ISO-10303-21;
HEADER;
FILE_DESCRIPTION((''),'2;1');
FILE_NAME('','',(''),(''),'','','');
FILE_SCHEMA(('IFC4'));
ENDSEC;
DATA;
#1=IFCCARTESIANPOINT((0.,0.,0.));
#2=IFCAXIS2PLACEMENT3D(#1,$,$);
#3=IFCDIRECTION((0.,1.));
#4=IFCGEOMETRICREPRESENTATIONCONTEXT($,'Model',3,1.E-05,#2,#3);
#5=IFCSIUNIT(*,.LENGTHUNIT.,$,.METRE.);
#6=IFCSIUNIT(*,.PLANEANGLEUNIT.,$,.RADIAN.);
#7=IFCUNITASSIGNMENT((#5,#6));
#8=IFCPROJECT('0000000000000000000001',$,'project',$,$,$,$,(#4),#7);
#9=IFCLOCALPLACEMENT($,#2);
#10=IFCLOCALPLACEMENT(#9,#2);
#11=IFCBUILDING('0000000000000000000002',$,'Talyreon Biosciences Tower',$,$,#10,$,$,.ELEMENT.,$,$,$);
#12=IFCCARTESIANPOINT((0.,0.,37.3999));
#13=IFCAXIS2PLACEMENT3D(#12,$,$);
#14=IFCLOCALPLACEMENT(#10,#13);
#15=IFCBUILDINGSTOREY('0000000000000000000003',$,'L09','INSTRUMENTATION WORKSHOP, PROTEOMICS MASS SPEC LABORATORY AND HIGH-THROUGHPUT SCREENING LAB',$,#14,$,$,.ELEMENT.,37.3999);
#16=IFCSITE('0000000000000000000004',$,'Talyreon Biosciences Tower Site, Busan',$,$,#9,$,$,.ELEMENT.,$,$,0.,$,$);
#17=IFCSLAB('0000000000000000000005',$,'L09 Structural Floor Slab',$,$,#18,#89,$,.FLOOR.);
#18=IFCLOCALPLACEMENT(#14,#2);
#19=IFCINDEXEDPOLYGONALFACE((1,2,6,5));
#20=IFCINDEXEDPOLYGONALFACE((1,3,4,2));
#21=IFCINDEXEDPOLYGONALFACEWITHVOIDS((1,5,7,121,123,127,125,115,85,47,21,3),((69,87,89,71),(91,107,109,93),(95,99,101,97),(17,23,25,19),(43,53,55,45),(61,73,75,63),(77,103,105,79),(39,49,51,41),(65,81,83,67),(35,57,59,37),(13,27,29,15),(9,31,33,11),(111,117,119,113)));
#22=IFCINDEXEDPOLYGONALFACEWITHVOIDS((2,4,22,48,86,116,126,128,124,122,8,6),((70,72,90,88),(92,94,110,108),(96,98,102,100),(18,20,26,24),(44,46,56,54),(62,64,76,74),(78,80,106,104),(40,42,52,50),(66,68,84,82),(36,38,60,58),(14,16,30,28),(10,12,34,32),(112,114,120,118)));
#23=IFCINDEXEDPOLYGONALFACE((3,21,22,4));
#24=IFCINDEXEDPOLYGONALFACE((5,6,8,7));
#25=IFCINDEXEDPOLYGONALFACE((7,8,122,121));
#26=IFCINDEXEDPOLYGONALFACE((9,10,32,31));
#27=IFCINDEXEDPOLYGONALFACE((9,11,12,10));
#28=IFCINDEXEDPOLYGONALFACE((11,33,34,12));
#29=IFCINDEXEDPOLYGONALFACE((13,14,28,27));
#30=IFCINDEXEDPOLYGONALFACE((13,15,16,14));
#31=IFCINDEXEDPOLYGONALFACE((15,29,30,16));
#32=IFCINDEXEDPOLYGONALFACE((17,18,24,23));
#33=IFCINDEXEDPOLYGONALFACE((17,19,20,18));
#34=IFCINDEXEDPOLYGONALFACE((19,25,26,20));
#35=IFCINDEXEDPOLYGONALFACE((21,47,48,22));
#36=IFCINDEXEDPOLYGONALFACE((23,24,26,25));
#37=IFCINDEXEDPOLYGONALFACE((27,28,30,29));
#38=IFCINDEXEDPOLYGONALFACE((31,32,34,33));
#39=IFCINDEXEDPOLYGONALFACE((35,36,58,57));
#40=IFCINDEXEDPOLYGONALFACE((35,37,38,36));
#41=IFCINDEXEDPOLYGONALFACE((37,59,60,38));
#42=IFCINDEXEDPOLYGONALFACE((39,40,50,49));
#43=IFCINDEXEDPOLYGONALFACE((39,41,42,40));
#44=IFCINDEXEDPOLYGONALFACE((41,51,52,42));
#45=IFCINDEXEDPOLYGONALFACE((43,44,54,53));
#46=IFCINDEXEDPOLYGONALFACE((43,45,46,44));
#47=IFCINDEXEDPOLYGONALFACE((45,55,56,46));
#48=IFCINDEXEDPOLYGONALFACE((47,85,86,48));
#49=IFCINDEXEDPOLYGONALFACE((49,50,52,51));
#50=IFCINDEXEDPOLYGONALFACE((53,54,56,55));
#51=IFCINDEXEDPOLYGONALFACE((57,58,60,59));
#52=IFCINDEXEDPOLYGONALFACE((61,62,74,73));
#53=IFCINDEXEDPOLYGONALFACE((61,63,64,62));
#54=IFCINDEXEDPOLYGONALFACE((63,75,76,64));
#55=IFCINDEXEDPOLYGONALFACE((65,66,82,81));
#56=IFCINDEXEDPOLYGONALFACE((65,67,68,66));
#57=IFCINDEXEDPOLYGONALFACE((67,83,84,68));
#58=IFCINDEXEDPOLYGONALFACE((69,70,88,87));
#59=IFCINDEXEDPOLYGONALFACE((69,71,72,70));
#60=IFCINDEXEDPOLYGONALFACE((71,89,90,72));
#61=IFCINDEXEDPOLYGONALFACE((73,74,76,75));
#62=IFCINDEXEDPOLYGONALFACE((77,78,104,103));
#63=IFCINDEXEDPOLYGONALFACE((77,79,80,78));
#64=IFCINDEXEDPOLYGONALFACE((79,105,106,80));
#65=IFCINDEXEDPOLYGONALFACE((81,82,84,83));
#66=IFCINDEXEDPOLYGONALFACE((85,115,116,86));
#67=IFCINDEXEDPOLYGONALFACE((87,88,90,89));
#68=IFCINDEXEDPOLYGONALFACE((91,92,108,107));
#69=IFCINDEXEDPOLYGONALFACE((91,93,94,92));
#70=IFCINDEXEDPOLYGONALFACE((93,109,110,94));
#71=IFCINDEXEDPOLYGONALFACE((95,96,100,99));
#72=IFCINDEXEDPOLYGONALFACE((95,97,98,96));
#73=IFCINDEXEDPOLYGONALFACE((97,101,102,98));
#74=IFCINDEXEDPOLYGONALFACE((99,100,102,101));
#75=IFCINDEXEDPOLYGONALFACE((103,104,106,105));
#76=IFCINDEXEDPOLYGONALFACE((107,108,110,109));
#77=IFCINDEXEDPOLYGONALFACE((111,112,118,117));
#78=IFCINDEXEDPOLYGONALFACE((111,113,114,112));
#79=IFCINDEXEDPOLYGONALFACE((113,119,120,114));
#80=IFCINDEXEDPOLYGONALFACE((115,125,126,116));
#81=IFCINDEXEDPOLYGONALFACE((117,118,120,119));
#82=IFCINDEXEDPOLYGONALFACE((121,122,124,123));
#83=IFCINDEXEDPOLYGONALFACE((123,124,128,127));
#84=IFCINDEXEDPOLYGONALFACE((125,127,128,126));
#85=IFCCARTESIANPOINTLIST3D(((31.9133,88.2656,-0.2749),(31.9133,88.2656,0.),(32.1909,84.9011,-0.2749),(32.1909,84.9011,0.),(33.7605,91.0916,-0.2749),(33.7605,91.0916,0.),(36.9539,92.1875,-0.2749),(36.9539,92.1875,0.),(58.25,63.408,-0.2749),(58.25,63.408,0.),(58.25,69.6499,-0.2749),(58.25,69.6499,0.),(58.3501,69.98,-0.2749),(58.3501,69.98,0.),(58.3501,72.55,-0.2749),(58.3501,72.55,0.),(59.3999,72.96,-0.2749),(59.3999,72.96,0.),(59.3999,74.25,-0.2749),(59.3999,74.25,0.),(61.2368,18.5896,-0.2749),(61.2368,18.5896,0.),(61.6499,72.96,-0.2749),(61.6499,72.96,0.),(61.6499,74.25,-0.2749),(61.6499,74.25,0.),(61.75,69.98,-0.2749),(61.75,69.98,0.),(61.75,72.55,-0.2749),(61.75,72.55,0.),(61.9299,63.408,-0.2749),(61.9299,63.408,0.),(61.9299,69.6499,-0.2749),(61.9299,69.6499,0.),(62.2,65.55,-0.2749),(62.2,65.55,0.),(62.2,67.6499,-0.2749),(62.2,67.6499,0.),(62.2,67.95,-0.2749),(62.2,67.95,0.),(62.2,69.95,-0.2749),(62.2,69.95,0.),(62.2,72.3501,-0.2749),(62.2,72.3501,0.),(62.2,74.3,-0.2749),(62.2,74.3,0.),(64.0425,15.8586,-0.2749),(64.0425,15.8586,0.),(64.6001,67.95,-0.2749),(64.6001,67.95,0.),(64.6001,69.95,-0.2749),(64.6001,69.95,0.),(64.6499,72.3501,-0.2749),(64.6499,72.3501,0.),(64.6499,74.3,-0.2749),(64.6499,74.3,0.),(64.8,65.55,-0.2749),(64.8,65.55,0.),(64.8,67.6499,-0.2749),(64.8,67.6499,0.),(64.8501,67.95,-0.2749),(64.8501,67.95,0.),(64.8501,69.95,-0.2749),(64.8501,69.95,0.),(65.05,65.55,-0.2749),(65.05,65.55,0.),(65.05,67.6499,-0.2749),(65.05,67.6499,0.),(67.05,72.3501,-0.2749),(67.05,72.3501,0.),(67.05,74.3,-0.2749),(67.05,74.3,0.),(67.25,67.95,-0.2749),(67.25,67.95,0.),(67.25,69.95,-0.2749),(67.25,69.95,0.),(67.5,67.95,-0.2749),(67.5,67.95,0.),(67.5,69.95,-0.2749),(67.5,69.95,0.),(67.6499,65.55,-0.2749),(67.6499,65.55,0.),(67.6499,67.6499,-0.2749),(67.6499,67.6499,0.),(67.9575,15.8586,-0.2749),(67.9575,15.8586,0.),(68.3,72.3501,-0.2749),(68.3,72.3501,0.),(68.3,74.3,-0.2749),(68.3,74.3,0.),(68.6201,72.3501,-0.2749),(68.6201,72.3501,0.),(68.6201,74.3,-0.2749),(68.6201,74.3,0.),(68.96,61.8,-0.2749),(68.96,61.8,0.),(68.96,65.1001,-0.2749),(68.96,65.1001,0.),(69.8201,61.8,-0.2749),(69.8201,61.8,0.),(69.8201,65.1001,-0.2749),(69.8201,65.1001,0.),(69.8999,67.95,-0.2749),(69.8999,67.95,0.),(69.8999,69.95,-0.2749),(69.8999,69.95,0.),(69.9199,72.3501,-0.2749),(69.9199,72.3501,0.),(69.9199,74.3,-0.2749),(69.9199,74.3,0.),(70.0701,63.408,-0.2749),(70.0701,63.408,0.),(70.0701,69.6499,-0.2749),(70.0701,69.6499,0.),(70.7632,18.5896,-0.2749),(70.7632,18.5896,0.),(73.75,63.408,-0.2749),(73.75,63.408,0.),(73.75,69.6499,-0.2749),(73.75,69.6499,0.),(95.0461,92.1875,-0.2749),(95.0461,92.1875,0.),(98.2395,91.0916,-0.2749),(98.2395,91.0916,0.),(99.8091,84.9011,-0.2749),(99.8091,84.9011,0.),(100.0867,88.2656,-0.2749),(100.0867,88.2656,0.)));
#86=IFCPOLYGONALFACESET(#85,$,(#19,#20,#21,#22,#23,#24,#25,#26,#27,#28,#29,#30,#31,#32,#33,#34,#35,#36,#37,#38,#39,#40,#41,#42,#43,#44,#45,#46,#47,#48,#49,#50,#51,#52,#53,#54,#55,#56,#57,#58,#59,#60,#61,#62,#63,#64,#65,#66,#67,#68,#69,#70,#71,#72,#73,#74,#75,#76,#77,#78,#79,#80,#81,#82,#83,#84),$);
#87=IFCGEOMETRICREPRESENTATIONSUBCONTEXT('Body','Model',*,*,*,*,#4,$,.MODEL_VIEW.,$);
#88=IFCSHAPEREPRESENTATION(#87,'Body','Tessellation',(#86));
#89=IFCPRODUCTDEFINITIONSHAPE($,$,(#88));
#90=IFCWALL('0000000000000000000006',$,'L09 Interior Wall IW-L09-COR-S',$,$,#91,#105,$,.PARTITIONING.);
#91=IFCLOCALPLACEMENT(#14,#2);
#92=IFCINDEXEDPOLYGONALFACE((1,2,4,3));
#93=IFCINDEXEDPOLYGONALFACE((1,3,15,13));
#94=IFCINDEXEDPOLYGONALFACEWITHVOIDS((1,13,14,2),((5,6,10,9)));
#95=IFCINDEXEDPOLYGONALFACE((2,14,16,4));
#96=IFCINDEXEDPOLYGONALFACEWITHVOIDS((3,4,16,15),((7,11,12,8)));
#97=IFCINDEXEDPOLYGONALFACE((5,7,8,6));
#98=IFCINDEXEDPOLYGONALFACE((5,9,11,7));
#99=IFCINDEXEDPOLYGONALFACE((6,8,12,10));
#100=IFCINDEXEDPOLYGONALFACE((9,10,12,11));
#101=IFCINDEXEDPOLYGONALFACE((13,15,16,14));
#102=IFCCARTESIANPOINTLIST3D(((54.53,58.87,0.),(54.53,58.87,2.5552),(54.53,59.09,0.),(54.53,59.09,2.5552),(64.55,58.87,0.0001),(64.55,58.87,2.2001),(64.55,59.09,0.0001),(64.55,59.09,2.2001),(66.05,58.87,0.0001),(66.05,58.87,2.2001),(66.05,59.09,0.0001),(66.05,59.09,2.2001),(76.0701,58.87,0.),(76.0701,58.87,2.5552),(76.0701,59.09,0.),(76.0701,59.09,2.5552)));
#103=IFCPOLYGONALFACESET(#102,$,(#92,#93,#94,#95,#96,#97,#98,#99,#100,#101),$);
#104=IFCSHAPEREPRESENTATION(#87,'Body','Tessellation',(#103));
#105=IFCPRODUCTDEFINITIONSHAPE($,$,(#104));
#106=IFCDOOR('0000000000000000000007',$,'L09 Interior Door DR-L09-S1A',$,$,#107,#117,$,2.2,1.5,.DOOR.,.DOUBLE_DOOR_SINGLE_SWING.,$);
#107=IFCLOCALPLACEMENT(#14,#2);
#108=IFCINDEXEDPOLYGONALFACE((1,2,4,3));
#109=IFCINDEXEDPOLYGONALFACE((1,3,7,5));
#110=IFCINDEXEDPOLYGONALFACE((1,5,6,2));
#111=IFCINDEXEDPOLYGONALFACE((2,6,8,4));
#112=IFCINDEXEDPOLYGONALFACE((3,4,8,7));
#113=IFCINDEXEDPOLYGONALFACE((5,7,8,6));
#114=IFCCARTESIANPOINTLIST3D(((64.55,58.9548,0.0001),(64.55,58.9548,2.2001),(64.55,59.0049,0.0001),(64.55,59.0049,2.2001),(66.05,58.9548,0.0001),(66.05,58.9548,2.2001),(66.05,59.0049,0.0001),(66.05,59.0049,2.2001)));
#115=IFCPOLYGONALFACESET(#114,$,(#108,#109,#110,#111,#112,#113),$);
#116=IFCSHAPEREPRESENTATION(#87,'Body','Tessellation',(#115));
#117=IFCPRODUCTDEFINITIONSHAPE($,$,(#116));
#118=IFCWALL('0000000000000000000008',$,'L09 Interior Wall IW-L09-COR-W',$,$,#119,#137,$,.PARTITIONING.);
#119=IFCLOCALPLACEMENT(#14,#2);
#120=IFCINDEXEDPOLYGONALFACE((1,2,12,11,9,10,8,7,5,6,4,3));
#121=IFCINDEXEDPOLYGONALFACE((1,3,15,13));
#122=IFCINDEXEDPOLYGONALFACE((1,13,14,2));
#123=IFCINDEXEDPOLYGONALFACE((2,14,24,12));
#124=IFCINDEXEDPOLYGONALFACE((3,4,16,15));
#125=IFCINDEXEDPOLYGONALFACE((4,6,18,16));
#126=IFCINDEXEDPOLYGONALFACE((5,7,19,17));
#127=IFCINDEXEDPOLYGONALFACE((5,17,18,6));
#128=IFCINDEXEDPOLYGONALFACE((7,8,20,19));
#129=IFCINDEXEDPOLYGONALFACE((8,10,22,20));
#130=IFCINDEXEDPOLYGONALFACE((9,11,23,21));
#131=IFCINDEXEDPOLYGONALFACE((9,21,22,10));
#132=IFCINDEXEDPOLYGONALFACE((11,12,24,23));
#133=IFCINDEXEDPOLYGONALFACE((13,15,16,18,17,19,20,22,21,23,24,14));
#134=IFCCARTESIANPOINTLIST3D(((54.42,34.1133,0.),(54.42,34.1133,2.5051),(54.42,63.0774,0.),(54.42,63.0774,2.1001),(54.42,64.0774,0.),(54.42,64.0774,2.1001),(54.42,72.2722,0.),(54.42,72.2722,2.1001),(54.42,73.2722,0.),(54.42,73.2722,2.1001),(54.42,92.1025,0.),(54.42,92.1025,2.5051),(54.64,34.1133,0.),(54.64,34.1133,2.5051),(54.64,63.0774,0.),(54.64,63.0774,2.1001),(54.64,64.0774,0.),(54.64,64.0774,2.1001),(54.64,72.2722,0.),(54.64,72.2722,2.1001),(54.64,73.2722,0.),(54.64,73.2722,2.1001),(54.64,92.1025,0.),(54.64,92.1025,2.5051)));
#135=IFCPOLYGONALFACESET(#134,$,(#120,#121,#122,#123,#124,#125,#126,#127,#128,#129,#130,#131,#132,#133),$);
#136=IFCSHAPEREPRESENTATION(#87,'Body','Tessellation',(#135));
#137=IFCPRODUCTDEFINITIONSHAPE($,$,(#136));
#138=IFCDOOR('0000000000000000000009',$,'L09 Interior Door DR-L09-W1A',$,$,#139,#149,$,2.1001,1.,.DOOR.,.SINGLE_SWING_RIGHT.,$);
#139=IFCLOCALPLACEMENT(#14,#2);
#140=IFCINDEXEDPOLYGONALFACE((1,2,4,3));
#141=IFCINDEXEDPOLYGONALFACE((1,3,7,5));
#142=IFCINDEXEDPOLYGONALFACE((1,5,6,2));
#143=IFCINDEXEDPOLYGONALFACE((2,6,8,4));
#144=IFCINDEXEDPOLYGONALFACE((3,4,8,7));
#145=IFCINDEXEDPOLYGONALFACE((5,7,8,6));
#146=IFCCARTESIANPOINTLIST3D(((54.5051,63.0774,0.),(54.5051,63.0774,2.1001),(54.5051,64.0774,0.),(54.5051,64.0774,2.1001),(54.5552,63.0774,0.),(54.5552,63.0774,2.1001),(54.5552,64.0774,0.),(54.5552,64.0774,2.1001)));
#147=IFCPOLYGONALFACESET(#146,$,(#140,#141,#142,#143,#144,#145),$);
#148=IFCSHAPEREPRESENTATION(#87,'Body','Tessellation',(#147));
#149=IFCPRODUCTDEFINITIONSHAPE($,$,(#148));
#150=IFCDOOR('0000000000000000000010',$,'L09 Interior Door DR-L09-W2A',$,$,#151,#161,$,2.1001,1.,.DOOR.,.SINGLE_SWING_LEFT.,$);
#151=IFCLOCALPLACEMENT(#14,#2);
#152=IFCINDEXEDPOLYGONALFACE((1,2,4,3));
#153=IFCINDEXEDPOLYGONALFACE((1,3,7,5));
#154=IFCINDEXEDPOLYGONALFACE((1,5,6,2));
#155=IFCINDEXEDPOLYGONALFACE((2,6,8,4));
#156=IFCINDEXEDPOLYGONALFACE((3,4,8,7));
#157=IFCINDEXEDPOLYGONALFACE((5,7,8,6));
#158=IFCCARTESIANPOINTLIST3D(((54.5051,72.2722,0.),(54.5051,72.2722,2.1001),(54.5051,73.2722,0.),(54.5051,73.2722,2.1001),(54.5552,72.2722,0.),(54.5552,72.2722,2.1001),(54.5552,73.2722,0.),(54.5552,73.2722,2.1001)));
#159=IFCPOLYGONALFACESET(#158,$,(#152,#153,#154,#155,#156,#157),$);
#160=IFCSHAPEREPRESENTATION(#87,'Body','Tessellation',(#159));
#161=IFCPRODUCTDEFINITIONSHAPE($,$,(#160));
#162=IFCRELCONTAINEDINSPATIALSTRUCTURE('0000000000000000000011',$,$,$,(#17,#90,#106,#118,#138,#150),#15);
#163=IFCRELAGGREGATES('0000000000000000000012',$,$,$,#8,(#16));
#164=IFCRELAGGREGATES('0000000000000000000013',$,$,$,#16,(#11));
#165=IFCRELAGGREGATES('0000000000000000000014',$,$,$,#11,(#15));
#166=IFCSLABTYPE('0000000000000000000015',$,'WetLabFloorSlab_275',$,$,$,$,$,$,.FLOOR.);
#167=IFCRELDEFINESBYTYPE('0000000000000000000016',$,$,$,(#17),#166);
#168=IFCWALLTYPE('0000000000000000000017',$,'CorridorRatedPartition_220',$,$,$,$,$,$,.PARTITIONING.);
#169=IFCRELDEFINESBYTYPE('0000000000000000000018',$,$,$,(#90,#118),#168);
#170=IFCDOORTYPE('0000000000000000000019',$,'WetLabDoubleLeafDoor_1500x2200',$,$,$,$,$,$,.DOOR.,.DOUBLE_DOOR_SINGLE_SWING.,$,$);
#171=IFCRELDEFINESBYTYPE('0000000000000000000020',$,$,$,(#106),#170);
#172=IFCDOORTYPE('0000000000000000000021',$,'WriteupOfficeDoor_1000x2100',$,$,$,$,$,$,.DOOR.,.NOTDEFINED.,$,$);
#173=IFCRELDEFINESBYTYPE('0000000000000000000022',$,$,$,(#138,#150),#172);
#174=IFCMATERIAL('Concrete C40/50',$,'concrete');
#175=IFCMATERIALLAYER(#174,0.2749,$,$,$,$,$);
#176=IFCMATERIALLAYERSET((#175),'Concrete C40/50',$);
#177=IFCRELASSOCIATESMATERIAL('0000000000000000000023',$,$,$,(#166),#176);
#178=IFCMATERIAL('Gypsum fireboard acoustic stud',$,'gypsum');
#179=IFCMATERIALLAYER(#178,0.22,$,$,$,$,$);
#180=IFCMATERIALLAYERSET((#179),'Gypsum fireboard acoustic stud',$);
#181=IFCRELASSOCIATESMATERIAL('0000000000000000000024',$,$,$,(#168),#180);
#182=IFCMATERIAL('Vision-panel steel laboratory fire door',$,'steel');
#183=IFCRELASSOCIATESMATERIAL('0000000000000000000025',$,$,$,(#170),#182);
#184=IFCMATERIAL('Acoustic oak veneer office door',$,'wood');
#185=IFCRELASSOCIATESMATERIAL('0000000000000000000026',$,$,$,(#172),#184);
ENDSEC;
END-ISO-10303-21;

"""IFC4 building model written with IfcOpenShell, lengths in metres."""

from ifc_helpers import new_model, si_unit, direction, frame, frame_2d, origin, place, context, subcontext, project, spatial, polyline, rectangle, outline, extrude, material, layer, layer_set, type_object, element, fill, save


model = new_model("IFC4")

# Units and contexts
model_context = context("Model", 3, precision=1e-05, world=origin(), true_north=direction((0.0, 1.0)))
body_context = subcontext(model_context, "Body", "Model", "MODEL_VIEW")
ifc_project = project(units=[si_unit("LENGTHUNIT", "METRE"), si_unit("PLANEANGLEUNIT", "RADIAN")], contexts=[model_context])

# Site, building, storey
site_placement = place(None, origin())
site = spatial("IfcSite", under=ifc_project, at=site_placement, Name="Talyreon Biosciences Tower Site, Busan", CompositionType="ELEMENT", RefElevation=0.0)
building_placement = place(site_placement, origin())
building = spatial("IfcBuilding", under=site, at=building_placement, Name="Talyreon Biosciences Tower", CompositionType="ELEMENT")
storey_placement = place(building_placement, frame((0.0, 0.0, 37.3999)))
storey = spatial("IfcBuildingStorey", under=building, at=storey_placement, Name="L09", Description="INSTRUMENTATION WORKSHOP, PROTEOMICS MASS SPEC LABORATORY AND HIGH-THROUGHPUT SCREENING LAB", CompositionType="ELEMENT", Elevation=37.3999)

# Shared definitions
ifc_material_1 = material(Name="Concrete C40/50", Category="concrete")

# Slab
ifc_layer_1 = layer(ifc_material_1, 0.2749)
ifc_layer_set_1 = layer_set([ifc_layer_1], Name="Concrete C40/50")
slab_type_1 = type_object("IfcSlabType", Name="WetLabFloorSlab_275", PredefinedType="FLOOR", material=ifc_layer_set_1)
slab_1_placement = place(storey_placement, frame((0.0, 0.0, -0.2749)))
element("IfcSlab", 1, at=slab_1_placement, inside=storey, type_object=slab_type_1, Name="L09 Structural Floor Slab", PredefinedType="FLOOR", context=body_context, shape_type="SweptSolid", body=[
    extrude(outline(polyline([(61.2368, 18.5896), (32.1909, 84.9011), (31.9133, 88.2656), (33.7605, 91.0916), (36.9539, 92.1875), (95.0461, 92.1875), (98.2395, 91.0916), (100.0867, 88.2656), (99.8091, 84.9011), (70.7632, 18.5896), (67.9575, 15.8586), (64.0425, 15.8586), (61.2368, 18.5896)]), holes=[polyline([(61.9299, 69.6499), (61.9299, 63.408), (58.25, 63.408), (58.25, 69.6499), (61.9299, 69.6499)]), polyline([(64.8, 65.55), (62.2, 65.55), (62.2, 67.6499), (64.8, 67.6499), (64.8, 65.55)]), polyline([(64.6001, 67.95), (62.2, 67.95), (62.2, 69.95), (64.6001, 69.95), (64.6001, 67.95)]), polyline([(67.25, 69.95), (67.25, 67.95), (64.8501, 67.95), (64.8501, 69.95), (67.25, 69.95)]), polyline([(61.75, 69.98), (58.3501, 69.98), (58.3501, 72.55), (61.75, 72.55), (61.75, 69.98)]), polyline([(64.6499, 72.3501), (62.2, 72.3501), (62.2, 74.3), (64.6499, 74.3), (64.6499, 72.3501)]), polyline([(61.6499, 74.25), (61.6499, 72.96), (59.3999, 72.96), (59.3999, 74.25), (61.6499, 74.25)]), polyline([(69.8201, 61.8), (68.96, 61.8), (68.96, 65.1001), (69.8201, 65.1001), (69.8201, 61.8)]), polyline([(73.75, 63.408), (70.0701, 63.408), (70.0701, 69.6499), (73.75, 69.6499), (73.75, 63.408)]), polyline([(67.6499, 65.55), (65.05, 65.55), (65.05, 67.6499), (67.6499, 67.6499), (67.6499, 65.55)]), polyline([(69.8999, 67.95), (67.5, 67.95), (67.5, 69.95), (69.8999, 69.95), (69.8999, 67.95)]), polyline([(68.3, 72.3501), (67.05, 72.3501), (67.05, 74.3), (68.3, 74.3), (68.3, 72.3501)]), polyline([(69.9199, 72.3501), (68.6201, 72.3501), (68.6201, 74.3), (69.9199, 74.3), (69.9199, 72.3501)])]), origin(), (0.0, 0.0, 1.0), 0.2749),
])

# Wall, opening, door
ifc_material_2 = material(Name="Gypsum fireboard acoustic stud", Category="gypsum")
ifc_layer_2 = layer(ifc_material_2, 0.22)
ifc_layer_set_2 = layer_set([ifc_layer_2], Name="Gypsum fireboard acoustic stud")
wall_type = type_object("IfcWallType", Name="CorridorRatedPartition_220", PredefinedType="PARTITIONING", material=ifc_layer_set_2)
wall_1_placement = place(storey_placement, frame((54.53, 58.98, 0.0), z_axis=(0.0, 0.0, 1.0), x_axis=(1.0, 0.0, 0.0)))
wall_1 = element("IfcWall", 2, at=wall_1_placement, inside=storey, type_object=wall_type, Name="L09 Interior Wall IW-L09-COR-S", PredefinedType="PARTITIONING", context=body_context, shape_type="SweptSolid", body=[
    extrude(rectangle(XDim=21.54, YDim=0.22, at=frame_2d((10.77, 0.0))), origin(), (0.0, 0.0, 1.0), 2.5552),
])
opening_1_placement = place(wall_1_placement, frame((10.02, 0.0, 0.0)))
opening_1 = element("IfcOpeningElement", 3, at=opening_1_placement, cuts=wall_1, PredefinedType="OPENING", context=body_context, shape_type="SweptSolid", body=[
    extrude(rectangle(XDim=1.5, YDim=2.2, at=frame_2d((0.75, 1.1001))), frame((0.0, 0.1199, 0.0), z_axis=(0.0, -1.0, 0.0), x_axis=(1.0, 0.0, 0.0)), (0.0, 0.0, 1.0), 0.24),
])
ifc_material_3 = material(Name="Vision-panel steel laboratory fire door", Category="steel")
door_type_1 = type_object("IfcDoorType", Name="WetLabDoubleLeafDoor_1500x2200", OperationType="DOUBLE_DOOR_SINGLE_SWING", PredefinedType="DOOR", material=ifc_material_3)
door_1_placement = place(opening_1_placement, origin())
door_1 = element("IfcDoor", 4, at=door_1_placement, inside=storey, type_object=door_type_1, Name="L09 Interior Door DR-L09-S1A", OperationType="DOUBLE_DOOR_SINGLE_SWING", OverallHeight=2.2, OverallWidth=1.5, PredefinedType="DOOR", context=body_context, shape_type="SweptSolid", body=[
    extrude(rectangle(XDim=1.5, YDim=2.2, at=frame_2d((0.75, 1.1001))), frame((0.0, 0.0249, 0.0), z_axis=(0.0, -1.0, 0.0), x_axis=(1.0, 0.0, 0.0)), (0.0, 0.0, 1.0), 0.05),
])
fill(opening_1, door_1)

# Wall, openings, doors
wall_2_placement = place(storey_placement, frame((54.53, 34.1133, 0.0), z_axis=(0.0, 0.0, 1.0), x_axis=(0.0, 1.0, 0.0)))
wall_2 = element("IfcWall", 5, at=wall_2_placement, inside=storey, type_object=wall_type, Name="L09 Interior Wall IW-L09-COR-W", PredefinedType="PARTITIONING", context=body_context, shape_type="SweptSolid", body=[
    extrude(rectangle(XDim=57.9893, YDim=0.22, at=frame_2d((28.9946, 0.0))), origin(), (0.0, 0.0, 1.0), 2.5051),
])
opening_2_placement = place(wall_2_placement, frame((28.9641, 0.0, 0.0)))
opening_2 = element("IfcOpeningElement", 6, at=opening_2_placement, cuts=wall_2, PredefinedType="OPENING", context=body_context, shape_type="SweptSolid", body=[
    extrude(rectangle(XDim=1.0, YDim=2.1001, at=frame_2d((0.5, 1.05))), frame((0.0, 0.1199, 0.0), z_axis=(0.0, -1.0, 0.0), x_axis=(1.0, 0.0, 0.0)), (0.0, 0.0, 1.0), 0.24),
])
opening_3_placement = place(wall_2_placement, frame((38.1589, 0.0, 0.0)))
opening_3 = element("IfcOpeningElement", 7, at=opening_3_placement, cuts=wall_2, PredefinedType="OPENING", context=body_context, shape_type="SweptSolid", body=[
    extrude(rectangle(XDim=1.0, YDim=2.1001, at=frame_2d((0.5, 1.05))), frame((0.0, 0.1199, 0.0), z_axis=(0.0, -1.0, 0.0), x_axis=(1.0, 0.0, 0.0)), (0.0, 0.0, 1.0), 0.24),
])
ifc_material_4 = material(Name="Acoustic oak veneer office door", Category="wood")
door_type_2 = type_object("IfcDoorType", Name="WriteupOfficeDoor_1000x2100", OperationType="NOTDEFINED", PredefinedType="DOOR", material=ifc_material_4)
door_2_placement = place(opening_2_placement, origin())
door_2 = element("IfcDoor", 8, at=door_2_placement, inside=storey, type_object=door_type_2, Name="L09 Interior Door DR-L09-W1A", OperationType="SINGLE_SWING_RIGHT", OverallHeight=2.1001, OverallWidth=1.0, PredefinedType="DOOR", context=body_context, shape_type="SweptSolid", body=[
    extrude(rectangle(XDim=1.0, YDim=2.1001, at=frame_2d((0.5, 1.05))), frame((0.0, 0.0249, 0.0), z_axis=(0.0, -1.0, 0.0), x_axis=(1.0, 0.0, 0.0)), (0.0, 0.0, 1.0), 0.05),
])
fill(opening_2, door_2)
door_3_placement = place(opening_3_placement, origin())
door_3 = element("IfcDoor", 9, at=door_3_placement, inside=storey, type_object=door_type_2, Name="L09 Interior Door DR-L09-W2A", OperationType="SINGLE_SWING_LEFT", OverallHeight=2.1001, OverallWidth=1.0, PredefinedType="DOOR", context=body_context, shape_type="SweptSolid", body=[
    extrude(rectangle(XDim=1.0, YDim=2.1001, at=frame_2d((0.5, 1.05))), frame((0.0, 0.0249, 0.0), z_axis=(0.0, -1.0, 0.0), x_axis=(1.0, 0.0, 0.0)), (0.0, 0.0, 1.0), 0.05),
])
fill(opening_3, door_3)

save(model, "model.ifc")
